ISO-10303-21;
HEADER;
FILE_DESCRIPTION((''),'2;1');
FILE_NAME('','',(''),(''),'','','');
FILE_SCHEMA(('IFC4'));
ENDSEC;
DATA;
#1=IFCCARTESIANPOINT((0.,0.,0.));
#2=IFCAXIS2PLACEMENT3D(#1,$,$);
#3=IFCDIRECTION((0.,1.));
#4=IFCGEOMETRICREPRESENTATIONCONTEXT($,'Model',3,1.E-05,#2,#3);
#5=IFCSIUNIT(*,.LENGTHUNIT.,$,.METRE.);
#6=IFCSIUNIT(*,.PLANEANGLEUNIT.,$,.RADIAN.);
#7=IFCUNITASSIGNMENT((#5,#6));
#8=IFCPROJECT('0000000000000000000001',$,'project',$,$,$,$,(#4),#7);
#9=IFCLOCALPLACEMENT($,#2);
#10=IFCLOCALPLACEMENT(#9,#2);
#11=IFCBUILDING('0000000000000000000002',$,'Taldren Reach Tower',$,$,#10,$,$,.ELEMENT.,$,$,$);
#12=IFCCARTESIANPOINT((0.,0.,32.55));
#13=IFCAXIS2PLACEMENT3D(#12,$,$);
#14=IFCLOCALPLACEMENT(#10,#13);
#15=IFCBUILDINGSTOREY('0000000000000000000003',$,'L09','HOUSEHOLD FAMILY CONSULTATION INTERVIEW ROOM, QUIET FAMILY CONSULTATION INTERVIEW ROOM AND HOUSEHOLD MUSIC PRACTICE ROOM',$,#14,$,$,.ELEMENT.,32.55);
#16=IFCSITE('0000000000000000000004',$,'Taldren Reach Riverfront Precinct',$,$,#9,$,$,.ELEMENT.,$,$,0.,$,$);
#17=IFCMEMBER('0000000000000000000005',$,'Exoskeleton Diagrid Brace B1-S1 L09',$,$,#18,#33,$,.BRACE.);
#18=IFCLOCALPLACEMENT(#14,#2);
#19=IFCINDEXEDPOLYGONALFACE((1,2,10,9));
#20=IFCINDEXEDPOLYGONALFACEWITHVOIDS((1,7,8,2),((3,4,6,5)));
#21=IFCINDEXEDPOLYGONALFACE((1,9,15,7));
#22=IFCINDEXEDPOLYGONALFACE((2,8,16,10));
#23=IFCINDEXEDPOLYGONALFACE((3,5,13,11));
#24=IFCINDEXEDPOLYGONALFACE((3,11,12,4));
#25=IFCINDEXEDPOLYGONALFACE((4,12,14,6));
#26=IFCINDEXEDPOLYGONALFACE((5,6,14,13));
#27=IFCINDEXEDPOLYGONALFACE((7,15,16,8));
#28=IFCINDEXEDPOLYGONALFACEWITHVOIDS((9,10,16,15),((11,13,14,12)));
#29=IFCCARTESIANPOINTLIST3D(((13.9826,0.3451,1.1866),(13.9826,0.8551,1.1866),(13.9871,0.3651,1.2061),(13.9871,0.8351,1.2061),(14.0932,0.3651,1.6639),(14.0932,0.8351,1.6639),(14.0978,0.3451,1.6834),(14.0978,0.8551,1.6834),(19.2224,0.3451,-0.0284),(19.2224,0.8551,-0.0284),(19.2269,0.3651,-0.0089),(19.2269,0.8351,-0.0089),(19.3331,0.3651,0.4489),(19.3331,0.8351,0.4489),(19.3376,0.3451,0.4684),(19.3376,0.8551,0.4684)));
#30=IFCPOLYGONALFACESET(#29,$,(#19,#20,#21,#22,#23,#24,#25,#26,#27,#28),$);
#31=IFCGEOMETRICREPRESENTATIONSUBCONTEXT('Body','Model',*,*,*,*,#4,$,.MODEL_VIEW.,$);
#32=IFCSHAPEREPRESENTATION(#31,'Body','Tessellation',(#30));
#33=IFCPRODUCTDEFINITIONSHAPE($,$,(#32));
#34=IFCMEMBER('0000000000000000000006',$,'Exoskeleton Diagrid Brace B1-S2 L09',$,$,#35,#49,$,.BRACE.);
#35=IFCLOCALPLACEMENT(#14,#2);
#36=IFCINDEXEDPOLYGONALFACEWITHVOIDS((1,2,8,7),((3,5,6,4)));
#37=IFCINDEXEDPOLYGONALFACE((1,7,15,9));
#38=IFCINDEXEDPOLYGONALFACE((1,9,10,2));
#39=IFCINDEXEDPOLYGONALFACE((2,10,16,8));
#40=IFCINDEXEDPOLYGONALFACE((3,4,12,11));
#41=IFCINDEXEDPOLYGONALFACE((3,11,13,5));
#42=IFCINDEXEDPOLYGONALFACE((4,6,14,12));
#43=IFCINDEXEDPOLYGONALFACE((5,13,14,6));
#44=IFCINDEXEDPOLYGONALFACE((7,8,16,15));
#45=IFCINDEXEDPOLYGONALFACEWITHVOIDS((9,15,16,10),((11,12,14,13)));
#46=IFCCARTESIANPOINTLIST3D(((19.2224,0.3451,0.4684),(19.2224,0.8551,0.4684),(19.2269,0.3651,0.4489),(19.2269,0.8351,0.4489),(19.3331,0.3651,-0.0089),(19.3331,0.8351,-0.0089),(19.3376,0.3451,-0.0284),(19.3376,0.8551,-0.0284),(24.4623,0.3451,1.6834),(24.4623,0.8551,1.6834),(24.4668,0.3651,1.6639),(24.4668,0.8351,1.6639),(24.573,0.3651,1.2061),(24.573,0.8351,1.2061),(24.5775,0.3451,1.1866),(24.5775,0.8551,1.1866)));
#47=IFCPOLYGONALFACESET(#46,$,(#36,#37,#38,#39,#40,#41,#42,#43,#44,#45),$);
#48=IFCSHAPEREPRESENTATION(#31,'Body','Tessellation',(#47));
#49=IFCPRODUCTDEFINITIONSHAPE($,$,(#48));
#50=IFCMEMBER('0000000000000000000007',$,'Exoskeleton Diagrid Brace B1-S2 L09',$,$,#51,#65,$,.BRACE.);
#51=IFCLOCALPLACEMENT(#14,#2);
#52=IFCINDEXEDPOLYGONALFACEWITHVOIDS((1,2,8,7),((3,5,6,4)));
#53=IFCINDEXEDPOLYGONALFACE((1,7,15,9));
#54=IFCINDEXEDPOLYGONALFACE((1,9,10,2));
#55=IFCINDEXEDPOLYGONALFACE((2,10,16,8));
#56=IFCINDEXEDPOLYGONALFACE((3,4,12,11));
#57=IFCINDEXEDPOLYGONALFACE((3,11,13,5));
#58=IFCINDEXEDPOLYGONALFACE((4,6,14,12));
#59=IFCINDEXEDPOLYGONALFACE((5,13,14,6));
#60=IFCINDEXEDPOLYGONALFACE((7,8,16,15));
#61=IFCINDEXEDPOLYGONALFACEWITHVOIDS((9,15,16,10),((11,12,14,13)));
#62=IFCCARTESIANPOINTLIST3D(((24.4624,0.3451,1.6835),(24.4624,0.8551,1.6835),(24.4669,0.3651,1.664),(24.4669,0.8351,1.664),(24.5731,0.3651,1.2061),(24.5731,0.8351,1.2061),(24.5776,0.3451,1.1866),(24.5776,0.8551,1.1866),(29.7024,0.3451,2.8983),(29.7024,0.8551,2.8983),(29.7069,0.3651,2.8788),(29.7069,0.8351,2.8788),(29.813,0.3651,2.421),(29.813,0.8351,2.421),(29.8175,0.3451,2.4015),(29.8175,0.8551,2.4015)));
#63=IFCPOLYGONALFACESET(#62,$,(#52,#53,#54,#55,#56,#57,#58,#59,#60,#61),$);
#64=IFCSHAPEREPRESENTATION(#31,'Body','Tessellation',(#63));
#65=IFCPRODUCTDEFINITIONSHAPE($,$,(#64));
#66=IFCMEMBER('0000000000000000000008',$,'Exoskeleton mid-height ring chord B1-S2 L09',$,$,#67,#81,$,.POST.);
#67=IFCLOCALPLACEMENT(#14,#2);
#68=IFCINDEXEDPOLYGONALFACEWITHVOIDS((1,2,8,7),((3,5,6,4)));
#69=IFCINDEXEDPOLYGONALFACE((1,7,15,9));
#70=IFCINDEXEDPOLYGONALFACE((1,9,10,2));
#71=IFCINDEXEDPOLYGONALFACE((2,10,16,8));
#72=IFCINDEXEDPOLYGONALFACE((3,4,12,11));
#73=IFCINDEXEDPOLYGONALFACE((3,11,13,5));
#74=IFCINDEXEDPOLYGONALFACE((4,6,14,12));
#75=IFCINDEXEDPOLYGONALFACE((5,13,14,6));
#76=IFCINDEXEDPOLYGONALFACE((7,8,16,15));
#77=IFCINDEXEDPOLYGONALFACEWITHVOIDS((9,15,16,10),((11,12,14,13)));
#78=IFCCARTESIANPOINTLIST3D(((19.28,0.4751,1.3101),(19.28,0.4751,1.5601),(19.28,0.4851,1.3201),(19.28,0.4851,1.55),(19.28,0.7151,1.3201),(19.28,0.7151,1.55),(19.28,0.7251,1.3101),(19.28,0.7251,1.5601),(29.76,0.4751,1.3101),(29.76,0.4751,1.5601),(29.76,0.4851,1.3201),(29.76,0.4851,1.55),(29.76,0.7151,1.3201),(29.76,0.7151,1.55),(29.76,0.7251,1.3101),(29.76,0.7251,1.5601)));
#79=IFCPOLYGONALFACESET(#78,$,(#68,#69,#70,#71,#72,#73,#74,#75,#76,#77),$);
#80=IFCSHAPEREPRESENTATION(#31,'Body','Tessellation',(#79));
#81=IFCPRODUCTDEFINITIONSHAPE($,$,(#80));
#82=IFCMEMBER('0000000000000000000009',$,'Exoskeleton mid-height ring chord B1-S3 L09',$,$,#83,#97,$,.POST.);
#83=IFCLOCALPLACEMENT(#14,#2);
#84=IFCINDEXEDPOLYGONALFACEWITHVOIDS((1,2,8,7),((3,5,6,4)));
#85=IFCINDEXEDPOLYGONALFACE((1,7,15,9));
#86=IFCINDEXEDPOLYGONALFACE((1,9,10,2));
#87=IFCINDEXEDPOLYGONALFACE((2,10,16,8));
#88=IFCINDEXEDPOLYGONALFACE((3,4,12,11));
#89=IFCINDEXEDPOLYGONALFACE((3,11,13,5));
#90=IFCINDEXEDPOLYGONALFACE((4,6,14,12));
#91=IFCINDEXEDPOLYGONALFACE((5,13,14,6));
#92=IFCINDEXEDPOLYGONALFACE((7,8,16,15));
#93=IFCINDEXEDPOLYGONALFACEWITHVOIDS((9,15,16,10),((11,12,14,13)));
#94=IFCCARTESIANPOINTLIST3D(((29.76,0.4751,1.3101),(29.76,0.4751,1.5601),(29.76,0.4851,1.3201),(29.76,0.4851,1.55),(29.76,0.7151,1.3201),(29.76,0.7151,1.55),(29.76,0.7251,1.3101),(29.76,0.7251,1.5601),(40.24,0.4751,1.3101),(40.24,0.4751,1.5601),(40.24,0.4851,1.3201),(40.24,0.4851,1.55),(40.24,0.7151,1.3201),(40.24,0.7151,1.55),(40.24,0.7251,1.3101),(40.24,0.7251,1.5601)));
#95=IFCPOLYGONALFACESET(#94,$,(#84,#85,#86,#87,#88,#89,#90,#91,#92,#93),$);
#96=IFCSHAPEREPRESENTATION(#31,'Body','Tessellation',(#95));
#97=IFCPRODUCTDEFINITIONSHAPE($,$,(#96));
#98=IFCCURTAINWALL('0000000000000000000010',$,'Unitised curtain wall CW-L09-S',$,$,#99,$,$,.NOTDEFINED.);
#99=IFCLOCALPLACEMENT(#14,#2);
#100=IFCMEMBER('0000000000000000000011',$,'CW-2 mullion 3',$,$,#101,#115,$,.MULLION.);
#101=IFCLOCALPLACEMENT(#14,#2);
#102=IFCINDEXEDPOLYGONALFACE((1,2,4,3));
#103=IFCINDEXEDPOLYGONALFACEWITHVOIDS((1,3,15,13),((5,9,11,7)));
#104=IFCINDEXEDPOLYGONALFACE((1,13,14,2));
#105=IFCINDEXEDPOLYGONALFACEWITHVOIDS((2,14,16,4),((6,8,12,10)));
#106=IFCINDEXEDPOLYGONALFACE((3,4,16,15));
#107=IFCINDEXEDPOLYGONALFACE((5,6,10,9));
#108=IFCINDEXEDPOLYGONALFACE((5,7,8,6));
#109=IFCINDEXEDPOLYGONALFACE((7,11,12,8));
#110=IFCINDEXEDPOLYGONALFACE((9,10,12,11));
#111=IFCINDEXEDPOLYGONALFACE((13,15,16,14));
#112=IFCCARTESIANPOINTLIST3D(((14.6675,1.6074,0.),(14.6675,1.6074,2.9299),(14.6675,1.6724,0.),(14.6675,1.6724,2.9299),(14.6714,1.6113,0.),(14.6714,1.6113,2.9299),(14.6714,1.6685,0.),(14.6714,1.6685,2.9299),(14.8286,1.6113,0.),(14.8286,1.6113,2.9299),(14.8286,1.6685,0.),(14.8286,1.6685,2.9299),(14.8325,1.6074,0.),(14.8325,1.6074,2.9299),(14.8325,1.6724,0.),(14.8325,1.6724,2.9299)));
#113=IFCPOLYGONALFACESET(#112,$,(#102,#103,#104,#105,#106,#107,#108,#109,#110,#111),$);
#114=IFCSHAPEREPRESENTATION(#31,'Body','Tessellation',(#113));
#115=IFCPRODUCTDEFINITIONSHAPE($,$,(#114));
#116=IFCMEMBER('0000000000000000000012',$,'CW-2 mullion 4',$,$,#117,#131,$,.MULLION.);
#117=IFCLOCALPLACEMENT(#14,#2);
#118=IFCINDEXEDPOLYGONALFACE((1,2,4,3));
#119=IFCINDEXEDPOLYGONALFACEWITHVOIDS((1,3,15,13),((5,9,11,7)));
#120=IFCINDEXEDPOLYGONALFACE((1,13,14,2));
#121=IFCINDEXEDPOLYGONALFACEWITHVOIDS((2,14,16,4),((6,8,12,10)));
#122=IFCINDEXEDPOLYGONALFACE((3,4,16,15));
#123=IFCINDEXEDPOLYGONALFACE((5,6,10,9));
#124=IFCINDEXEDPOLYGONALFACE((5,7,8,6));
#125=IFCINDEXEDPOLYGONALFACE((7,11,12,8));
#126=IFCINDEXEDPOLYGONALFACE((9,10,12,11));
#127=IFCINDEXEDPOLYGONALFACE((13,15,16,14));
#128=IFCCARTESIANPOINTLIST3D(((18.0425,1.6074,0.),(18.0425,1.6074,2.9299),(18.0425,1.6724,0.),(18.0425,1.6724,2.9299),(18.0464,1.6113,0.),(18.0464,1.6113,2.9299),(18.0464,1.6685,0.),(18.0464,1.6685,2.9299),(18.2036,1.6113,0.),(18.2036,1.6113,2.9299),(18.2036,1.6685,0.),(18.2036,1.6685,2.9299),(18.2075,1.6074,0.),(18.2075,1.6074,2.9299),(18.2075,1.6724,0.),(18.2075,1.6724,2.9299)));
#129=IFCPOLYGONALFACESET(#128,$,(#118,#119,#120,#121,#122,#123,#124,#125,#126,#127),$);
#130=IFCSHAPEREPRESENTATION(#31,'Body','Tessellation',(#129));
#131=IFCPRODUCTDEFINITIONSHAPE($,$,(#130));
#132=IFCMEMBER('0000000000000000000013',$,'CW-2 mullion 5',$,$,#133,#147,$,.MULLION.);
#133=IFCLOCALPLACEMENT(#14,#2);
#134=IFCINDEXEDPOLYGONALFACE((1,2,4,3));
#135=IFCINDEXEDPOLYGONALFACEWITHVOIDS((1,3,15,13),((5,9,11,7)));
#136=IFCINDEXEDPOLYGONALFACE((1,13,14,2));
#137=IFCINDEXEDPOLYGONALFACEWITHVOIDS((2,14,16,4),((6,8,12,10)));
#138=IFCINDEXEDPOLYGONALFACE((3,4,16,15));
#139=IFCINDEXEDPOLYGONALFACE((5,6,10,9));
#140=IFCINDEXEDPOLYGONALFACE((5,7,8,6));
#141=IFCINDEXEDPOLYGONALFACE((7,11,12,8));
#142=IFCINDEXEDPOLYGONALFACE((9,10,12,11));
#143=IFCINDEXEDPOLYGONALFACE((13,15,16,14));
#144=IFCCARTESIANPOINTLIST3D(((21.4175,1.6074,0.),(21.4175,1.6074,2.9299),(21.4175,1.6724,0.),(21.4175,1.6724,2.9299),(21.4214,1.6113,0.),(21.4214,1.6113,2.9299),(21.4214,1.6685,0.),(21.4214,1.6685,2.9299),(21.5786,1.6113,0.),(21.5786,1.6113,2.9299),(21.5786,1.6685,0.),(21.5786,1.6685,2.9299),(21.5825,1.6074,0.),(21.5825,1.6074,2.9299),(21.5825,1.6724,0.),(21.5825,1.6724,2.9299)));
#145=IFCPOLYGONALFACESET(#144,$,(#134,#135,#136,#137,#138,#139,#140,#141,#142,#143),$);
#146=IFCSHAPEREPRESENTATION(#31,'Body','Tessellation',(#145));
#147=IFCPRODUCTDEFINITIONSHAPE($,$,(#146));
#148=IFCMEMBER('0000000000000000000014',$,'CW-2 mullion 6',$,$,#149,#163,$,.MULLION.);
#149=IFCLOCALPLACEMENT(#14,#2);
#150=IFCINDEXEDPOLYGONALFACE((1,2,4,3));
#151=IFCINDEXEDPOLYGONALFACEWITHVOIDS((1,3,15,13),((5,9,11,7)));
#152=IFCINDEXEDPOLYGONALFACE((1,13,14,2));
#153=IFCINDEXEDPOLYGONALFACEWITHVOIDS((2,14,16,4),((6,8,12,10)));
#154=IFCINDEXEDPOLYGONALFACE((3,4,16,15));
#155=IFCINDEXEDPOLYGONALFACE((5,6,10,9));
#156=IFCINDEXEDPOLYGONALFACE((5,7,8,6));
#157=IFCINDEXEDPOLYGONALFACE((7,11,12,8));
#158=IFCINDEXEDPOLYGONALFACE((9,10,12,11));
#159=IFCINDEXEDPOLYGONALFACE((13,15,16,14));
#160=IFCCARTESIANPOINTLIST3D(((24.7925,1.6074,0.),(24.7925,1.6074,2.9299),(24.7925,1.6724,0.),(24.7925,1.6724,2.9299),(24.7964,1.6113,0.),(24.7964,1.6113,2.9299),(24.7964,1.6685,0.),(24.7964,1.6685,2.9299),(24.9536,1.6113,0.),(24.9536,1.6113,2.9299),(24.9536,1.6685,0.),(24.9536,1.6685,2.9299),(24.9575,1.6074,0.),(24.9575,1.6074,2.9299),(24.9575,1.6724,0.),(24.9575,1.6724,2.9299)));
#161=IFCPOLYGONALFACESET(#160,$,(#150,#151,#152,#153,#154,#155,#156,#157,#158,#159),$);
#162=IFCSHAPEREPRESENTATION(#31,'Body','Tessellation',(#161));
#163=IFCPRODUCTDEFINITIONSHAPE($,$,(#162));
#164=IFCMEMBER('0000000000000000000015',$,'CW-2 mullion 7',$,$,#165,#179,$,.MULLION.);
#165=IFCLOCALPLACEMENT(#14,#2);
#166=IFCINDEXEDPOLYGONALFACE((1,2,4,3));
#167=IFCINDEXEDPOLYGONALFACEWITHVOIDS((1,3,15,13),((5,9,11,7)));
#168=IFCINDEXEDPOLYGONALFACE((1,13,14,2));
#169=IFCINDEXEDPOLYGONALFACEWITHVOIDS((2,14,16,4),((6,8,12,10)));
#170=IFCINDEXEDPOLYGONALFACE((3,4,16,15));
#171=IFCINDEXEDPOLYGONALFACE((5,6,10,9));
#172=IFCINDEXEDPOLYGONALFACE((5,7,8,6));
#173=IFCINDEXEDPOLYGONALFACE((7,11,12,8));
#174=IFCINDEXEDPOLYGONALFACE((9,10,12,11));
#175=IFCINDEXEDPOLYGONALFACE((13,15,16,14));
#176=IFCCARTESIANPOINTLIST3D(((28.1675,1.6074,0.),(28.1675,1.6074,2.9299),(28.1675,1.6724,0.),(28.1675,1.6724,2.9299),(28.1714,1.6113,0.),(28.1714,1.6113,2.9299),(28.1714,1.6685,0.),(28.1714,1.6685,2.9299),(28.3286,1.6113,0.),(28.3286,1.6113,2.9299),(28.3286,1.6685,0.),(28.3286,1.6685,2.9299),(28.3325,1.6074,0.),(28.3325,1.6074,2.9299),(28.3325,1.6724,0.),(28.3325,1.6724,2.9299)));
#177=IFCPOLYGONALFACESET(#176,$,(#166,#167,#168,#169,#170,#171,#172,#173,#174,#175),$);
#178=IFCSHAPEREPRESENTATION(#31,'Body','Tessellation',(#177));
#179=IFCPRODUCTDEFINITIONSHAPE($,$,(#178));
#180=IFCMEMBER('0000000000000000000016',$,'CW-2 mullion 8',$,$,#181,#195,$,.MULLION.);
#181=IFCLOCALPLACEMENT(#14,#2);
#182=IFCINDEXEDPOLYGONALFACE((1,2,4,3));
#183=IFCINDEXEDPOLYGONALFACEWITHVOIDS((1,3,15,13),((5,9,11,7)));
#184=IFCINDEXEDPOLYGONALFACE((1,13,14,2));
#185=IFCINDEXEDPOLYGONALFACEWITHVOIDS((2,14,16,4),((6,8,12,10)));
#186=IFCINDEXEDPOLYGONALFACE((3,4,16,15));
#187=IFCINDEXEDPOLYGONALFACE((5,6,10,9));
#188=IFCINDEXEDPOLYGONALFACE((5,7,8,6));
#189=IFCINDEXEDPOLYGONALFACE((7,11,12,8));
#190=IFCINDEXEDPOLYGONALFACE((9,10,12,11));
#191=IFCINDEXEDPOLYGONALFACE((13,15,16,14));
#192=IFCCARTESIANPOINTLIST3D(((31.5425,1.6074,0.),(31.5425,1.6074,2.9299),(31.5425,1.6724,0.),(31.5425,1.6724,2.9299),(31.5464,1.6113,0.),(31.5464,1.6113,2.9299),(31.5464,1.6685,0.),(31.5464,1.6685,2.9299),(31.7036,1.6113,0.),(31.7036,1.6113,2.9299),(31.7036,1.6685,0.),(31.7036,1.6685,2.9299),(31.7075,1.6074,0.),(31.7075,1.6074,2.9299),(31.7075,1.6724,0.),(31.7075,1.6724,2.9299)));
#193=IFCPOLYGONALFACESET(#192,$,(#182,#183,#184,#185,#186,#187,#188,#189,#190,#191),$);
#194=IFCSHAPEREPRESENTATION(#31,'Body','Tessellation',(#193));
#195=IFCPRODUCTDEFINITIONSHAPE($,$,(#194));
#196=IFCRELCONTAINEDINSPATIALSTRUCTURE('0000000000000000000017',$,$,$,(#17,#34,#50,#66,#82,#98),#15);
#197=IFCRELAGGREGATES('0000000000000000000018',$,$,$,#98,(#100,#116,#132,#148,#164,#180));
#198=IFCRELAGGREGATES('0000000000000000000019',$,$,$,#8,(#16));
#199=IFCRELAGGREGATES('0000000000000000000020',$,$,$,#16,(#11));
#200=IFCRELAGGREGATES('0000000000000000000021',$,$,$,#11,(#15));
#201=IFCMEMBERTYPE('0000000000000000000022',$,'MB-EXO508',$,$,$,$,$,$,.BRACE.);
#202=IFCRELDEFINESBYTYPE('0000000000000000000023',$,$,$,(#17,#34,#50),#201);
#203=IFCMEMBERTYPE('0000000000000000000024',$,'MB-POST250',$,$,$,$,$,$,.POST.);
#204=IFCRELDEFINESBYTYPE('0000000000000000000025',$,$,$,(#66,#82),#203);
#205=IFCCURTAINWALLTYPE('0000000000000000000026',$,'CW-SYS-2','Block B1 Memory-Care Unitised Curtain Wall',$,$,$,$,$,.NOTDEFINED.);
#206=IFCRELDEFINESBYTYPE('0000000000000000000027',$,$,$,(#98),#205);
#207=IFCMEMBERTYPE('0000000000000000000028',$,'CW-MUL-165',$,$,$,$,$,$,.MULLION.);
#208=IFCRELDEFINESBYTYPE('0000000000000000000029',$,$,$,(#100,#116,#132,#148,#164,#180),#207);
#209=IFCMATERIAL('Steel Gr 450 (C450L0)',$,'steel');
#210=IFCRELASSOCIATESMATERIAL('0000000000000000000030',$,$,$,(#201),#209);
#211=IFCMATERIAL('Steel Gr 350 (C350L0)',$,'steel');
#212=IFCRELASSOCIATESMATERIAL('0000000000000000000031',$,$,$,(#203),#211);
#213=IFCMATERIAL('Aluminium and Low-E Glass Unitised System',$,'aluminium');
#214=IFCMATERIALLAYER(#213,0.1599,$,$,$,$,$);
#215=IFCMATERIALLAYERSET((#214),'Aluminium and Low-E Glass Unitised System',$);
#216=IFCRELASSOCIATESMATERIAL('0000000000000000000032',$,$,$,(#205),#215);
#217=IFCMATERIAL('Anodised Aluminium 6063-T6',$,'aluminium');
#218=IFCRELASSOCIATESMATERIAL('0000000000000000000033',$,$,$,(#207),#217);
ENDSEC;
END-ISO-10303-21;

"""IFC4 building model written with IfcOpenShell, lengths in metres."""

from ifc_helpers import new_model, si_unit, direction, frame, origin, origin_2d, place, context, subcontext, project, spatial, hollow_rectangle, extrude, source, transform, mapped, material, layer, layer_set, material_profile, profile_set, type_object, element, aggregate, save


model = new_model("IFC4")

# Units and contexts
model_context = context("Model", 3, precision=1e-05, world=origin(), true_north=direction((0.0, 1.0)))
body_context = subcontext(model_context, "Body", "Model", "MODEL_VIEW")
ifc_project = project(units=[si_unit("LENGTHUNIT", "METRE"), si_unit("PLANEANGLEUNIT", "RADIAN")], contexts=[model_context])

# Site, building, storey
site_placement = place(None, origin())
site = spatial("IfcSite", under=ifc_project, at=site_placement, Name="Taldren Reach Riverfront Precinct", CompositionType="ELEMENT", RefElevation=0.0)
building_placement = place(site_placement, origin())
building = spatial("IfcBuilding", under=site, at=building_placement, Name="Taldren Reach Tower", CompositionType="ELEMENT")
storey_placement = place(building_placement, frame((0.0, 0.0, 32.55)))
storey = spatial("IfcBuildingStorey", under=building, at=storey_placement, Name="L09", Description="HOUSEHOLD FAMILY CONSULTATION INTERVIEW ROOM, QUIET FAMILY CONSULTATION INTERVIEW ROOM AND HOUSEHOLD MUSIC PRACTICE ROOM", CompositionType="ELEMENT", Elevation=32.55)

# Members
ifc_material_1 = material(Name="Steel Gr 450 (C450L0)", Category="steel")
ifc_material_profile_1 = material_profile(ifc_material_1, hollow_rectangle(XDim=0.51, YDim=0.51, WallThickness=0.02, at=origin_2d()), Name="510x510x20.0SHS")
ifc_profile_set_1 = profile_set([ifc_material_profile_1], Name="Steel Gr 450 (C450L0)")
member_type_1 = type_object("IfcMemberType", Name="MB-EXO508", PredefinedType="BRACE", material=ifc_profile_set_1)
shared_shape_1 = source(origin(), body_context, "Body", "SweptSolid", [
    extrude(hollow_rectangle(XDim=0.51, YDim=0.51, WallThickness=0.02, at=origin_2d()), origin(), (0.0, 0.0, 1.0), 5.3789),
])
for number, where, z_axis, x_axis, name in (
    (1, (19.28, 0.6001, 0.22), (-0.974152, 0.0, 0.225894), (0.0, -1.0, 0.0), "Exoskeleton Diagrid Brace B1-S1 L09"),
    (2, (19.28, 0.6001, 0.22), (0.974152, 0.0, 0.225894), (0.0, 1.0, 0.0), "Exoskeleton Diagrid Brace B1-S2 L09"),
    (3, (24.52, 0.6001, 1.4351), (0.974162, 0.0, 0.225851), (0.0, 1.0, 0.0), "Exoskeleton Diagrid Brace B1-S2 L09"),
):
    element("IfcMember", number, at=place(storey_placement, frame(where, z_axis=z_axis, x_axis=x_axis)), inside=storey, type_object=member_type_1, Name=name, PredefinedType="BRACE", context=body_context, shape_type="MappedRepresentation", body=[
        mapped(shared_shape_1, transform((0.0, 0.0, 0.0), scale=1.0)),
    ])
ifc_material_2 = material(Name="Steel Gr 350 (C350L0)", Category="steel")
ifc_material_profile_2 = material_profile(ifc_material_2, hollow_rectangle(XDim=0.25, YDim=0.25, WallThickness=0.01, at=origin_2d()), Name="250x250x10.0SHS")
ifc_profile_set_2 = profile_set([ifc_material_profile_2], Name="Steel Gr 350 (C350L0)")
member_type_2 = type_object("IfcMemberType", Name="MB-POST250", PredefinedType="POST", material=ifc_profile_set_2)
shared_shape_2 = source(origin(), body_context, "Body", "SweptSolid", [
    extrude(hollow_rectangle(XDim=0.25, YDim=0.25, WallThickness=0.01, at=origin_2d()), origin(), (0.0, 0.0, 1.0), 10.48),
])
for number, where, z_axis, x_axis, name in (
    (4, (19.28, 0.6001, 1.4351), (1.0, 0.0, 0.0), (0.0, 1.0, 0.0), "Exoskeleton mid-height ring chord B1-S2 L09"),
    (5, (29.76, 0.6001, 1.4351), (1.0, 0.0, 0.0), (0.0, 1.0, 0.0), "Exoskeleton mid-height ring chord B1-S3 L09"),
):
    element("IfcMember", number, at=place(storey_placement, frame(where, z_axis=z_axis, x_axis=x_axis)), inside=storey, type_object=member_type_2, Name=name, PredefinedType="POST", context=body_context, shape_type="MappedRepresentation", body=[
        mapped(shared_shape_2, transform((0.0, 0.0, 0.0), scale=1.0)),
    ])

# Curtain wall, members
ifc_material_3 = material(Name="Aluminium and Low-E Glass Unitised System", Category="aluminium")
ifc_layer_1 = layer(ifc_material_3, 0.1599)
ifc_layer_set_1 = layer_set([ifc_layer_1], Name="Aluminium and Low-E Glass Unitised System")
curtain_wall_type = type_object("IfcCurtainWallType", Name="CW-SYS-2", Description="Block B1 Memory-Care Unitised Curtain Wall", PredefinedType="NOTDEFINED", material=ifc_layer_set_1)
curtain_wall_placement = place(storey_placement, origin())
curtain_wall = element("IfcCurtainWall", 6, at=curtain_wall_placement, inside=storey, type_object=curtain_wall_type, Name="Unitised curtain wall CW-L09-S", PredefinedType="NOTDEFINED")
ifc_material_4 = material(Name="Anodised Aluminium 6063-T6", Category="aluminium")
ifc_material_profile_3 = material_profile(ifc_material_4, hollow_rectangle(XDim=0.0649, YDim=0.165, WallThickness=0.0039, at=origin_2d()), Name="ALU-165x65x4RHS")
ifc_profile_set_3 = profile_set([ifc_material_profile_3], Name="Anodised Aluminium 6063-T6")
member_type_3 = type_object("IfcMemberType", Name="CW-MUL-165", PredefinedType="MULLION", material=ifc_profile_set_3)
shared_shape_3 = source(origin(), body_context, "Body", "SweptSolid", [
    extrude(hollow_rectangle(XDim=0.0649, YDim=0.165, WallThickness=0.0039, at=origin_2d()), origin(), (0.0, 0.0, 1.0), 2.9299),
])
member_1_placement = place(storey_placement, frame((14.75, 1.6399, 0.0), z_axis=(0.0, 0.0, 1.0), x_axis=(0.0, 1.0, 0.0)))
member_1 = element("IfcMember", 7, at=member_1_placement, type_object=member_type_3, Name="CW-2 mullion 3", PredefinedType="MULLION", context=body_context, shape_type="MappedRepresentation", body=[
    mapped(shared_shape_3, transform((0.0, 0.0, 0.0), scale=1.0)),
])
member_2_placement = place(storey_placement, frame((18.125, 1.6399, 0.0), z_axis=(0.0, 0.0, 1.0), x_axis=(0.0, 1.0, 0.0)))
member_2 = element("IfcMember", 8, at=member_2_placement, type_object=member_type_3, Name="CW-2 mullion 4", PredefinedType="MULLION", context=body_context, shape_type="MappedRepresentation", body=[
    mapped(shared_shape_3, transform((0.0, 0.0, 0.0), scale=1.0)),
])
member_3_placement = place(storey_placement, frame((21.5, 1.6399, 0.0), z_axis=(0.0, 0.0, 1.0), x_axis=(0.0, 1.0, 0.0)))
member_3 = element("IfcMember", 9, at=member_3_placement, type_object=member_type_3, Name="CW-2 mullion 5", PredefinedType="MULLION", context=body_context, shape_type="MappedRepresentation", body=[
    mapped(shared_shape_3, transform((0.0, 0.0, 0.0), scale=1.0)),
])
member_4_placement = place(storey_placement, frame((24.875, 1.6399, 0.0), z_axis=(0.0, 0.0, 1.0), x_axis=(0.0, 1.0, 0.0)))
member_4 = element("IfcMember", 10, at=member_4_placement, type_object=member_type_3, Name="CW-2 mullion 6", PredefinedType="MULLION", context=body_context, shape_type="MappedRepresentation", body=[
    mapped(shared_shape_3, transform((0.0, 0.0, 0.0), scale=1.0)),
])
member_5_placement = place(storey_placement, frame((28.25, 1.6399, 0.0), z_axis=(0.0, 0.0, 1.0), x_axis=(0.0, 1.0, 0.0)))
member_5 = element("IfcMember", 11, at=member_5_placement, type_object=member_type_3, Name="CW-2 mullion 7", PredefinedType="MULLION", context=body_context, shape_type="MappedRepresentation", body=[
    mapped(shared_shape_3, transform((0.0, 0.0, 0.0), scale=1.0)),
])
member_6_placement = place(storey_placement, frame((31.625, 1.6399, 0.0), z_axis=(0.0, 0.0, 1.0), x_axis=(0.0, 1.0, 0.0)))
member_6 = element("IfcMember", 12, at=member_6_placement, type_object=member_type_3, Name="CW-2 mullion 8", PredefinedType="MULLION", context=body_context, shape_type="MappedRepresentation", body=[
    mapped(shared_shape_3, transform((0.0, 0.0, 0.0), scale=1.0)),
])

aggregate(curtain_wall, [member_1, member_2, member_3, member_4, member_5, member_6])

save(model, "model.ifc")
